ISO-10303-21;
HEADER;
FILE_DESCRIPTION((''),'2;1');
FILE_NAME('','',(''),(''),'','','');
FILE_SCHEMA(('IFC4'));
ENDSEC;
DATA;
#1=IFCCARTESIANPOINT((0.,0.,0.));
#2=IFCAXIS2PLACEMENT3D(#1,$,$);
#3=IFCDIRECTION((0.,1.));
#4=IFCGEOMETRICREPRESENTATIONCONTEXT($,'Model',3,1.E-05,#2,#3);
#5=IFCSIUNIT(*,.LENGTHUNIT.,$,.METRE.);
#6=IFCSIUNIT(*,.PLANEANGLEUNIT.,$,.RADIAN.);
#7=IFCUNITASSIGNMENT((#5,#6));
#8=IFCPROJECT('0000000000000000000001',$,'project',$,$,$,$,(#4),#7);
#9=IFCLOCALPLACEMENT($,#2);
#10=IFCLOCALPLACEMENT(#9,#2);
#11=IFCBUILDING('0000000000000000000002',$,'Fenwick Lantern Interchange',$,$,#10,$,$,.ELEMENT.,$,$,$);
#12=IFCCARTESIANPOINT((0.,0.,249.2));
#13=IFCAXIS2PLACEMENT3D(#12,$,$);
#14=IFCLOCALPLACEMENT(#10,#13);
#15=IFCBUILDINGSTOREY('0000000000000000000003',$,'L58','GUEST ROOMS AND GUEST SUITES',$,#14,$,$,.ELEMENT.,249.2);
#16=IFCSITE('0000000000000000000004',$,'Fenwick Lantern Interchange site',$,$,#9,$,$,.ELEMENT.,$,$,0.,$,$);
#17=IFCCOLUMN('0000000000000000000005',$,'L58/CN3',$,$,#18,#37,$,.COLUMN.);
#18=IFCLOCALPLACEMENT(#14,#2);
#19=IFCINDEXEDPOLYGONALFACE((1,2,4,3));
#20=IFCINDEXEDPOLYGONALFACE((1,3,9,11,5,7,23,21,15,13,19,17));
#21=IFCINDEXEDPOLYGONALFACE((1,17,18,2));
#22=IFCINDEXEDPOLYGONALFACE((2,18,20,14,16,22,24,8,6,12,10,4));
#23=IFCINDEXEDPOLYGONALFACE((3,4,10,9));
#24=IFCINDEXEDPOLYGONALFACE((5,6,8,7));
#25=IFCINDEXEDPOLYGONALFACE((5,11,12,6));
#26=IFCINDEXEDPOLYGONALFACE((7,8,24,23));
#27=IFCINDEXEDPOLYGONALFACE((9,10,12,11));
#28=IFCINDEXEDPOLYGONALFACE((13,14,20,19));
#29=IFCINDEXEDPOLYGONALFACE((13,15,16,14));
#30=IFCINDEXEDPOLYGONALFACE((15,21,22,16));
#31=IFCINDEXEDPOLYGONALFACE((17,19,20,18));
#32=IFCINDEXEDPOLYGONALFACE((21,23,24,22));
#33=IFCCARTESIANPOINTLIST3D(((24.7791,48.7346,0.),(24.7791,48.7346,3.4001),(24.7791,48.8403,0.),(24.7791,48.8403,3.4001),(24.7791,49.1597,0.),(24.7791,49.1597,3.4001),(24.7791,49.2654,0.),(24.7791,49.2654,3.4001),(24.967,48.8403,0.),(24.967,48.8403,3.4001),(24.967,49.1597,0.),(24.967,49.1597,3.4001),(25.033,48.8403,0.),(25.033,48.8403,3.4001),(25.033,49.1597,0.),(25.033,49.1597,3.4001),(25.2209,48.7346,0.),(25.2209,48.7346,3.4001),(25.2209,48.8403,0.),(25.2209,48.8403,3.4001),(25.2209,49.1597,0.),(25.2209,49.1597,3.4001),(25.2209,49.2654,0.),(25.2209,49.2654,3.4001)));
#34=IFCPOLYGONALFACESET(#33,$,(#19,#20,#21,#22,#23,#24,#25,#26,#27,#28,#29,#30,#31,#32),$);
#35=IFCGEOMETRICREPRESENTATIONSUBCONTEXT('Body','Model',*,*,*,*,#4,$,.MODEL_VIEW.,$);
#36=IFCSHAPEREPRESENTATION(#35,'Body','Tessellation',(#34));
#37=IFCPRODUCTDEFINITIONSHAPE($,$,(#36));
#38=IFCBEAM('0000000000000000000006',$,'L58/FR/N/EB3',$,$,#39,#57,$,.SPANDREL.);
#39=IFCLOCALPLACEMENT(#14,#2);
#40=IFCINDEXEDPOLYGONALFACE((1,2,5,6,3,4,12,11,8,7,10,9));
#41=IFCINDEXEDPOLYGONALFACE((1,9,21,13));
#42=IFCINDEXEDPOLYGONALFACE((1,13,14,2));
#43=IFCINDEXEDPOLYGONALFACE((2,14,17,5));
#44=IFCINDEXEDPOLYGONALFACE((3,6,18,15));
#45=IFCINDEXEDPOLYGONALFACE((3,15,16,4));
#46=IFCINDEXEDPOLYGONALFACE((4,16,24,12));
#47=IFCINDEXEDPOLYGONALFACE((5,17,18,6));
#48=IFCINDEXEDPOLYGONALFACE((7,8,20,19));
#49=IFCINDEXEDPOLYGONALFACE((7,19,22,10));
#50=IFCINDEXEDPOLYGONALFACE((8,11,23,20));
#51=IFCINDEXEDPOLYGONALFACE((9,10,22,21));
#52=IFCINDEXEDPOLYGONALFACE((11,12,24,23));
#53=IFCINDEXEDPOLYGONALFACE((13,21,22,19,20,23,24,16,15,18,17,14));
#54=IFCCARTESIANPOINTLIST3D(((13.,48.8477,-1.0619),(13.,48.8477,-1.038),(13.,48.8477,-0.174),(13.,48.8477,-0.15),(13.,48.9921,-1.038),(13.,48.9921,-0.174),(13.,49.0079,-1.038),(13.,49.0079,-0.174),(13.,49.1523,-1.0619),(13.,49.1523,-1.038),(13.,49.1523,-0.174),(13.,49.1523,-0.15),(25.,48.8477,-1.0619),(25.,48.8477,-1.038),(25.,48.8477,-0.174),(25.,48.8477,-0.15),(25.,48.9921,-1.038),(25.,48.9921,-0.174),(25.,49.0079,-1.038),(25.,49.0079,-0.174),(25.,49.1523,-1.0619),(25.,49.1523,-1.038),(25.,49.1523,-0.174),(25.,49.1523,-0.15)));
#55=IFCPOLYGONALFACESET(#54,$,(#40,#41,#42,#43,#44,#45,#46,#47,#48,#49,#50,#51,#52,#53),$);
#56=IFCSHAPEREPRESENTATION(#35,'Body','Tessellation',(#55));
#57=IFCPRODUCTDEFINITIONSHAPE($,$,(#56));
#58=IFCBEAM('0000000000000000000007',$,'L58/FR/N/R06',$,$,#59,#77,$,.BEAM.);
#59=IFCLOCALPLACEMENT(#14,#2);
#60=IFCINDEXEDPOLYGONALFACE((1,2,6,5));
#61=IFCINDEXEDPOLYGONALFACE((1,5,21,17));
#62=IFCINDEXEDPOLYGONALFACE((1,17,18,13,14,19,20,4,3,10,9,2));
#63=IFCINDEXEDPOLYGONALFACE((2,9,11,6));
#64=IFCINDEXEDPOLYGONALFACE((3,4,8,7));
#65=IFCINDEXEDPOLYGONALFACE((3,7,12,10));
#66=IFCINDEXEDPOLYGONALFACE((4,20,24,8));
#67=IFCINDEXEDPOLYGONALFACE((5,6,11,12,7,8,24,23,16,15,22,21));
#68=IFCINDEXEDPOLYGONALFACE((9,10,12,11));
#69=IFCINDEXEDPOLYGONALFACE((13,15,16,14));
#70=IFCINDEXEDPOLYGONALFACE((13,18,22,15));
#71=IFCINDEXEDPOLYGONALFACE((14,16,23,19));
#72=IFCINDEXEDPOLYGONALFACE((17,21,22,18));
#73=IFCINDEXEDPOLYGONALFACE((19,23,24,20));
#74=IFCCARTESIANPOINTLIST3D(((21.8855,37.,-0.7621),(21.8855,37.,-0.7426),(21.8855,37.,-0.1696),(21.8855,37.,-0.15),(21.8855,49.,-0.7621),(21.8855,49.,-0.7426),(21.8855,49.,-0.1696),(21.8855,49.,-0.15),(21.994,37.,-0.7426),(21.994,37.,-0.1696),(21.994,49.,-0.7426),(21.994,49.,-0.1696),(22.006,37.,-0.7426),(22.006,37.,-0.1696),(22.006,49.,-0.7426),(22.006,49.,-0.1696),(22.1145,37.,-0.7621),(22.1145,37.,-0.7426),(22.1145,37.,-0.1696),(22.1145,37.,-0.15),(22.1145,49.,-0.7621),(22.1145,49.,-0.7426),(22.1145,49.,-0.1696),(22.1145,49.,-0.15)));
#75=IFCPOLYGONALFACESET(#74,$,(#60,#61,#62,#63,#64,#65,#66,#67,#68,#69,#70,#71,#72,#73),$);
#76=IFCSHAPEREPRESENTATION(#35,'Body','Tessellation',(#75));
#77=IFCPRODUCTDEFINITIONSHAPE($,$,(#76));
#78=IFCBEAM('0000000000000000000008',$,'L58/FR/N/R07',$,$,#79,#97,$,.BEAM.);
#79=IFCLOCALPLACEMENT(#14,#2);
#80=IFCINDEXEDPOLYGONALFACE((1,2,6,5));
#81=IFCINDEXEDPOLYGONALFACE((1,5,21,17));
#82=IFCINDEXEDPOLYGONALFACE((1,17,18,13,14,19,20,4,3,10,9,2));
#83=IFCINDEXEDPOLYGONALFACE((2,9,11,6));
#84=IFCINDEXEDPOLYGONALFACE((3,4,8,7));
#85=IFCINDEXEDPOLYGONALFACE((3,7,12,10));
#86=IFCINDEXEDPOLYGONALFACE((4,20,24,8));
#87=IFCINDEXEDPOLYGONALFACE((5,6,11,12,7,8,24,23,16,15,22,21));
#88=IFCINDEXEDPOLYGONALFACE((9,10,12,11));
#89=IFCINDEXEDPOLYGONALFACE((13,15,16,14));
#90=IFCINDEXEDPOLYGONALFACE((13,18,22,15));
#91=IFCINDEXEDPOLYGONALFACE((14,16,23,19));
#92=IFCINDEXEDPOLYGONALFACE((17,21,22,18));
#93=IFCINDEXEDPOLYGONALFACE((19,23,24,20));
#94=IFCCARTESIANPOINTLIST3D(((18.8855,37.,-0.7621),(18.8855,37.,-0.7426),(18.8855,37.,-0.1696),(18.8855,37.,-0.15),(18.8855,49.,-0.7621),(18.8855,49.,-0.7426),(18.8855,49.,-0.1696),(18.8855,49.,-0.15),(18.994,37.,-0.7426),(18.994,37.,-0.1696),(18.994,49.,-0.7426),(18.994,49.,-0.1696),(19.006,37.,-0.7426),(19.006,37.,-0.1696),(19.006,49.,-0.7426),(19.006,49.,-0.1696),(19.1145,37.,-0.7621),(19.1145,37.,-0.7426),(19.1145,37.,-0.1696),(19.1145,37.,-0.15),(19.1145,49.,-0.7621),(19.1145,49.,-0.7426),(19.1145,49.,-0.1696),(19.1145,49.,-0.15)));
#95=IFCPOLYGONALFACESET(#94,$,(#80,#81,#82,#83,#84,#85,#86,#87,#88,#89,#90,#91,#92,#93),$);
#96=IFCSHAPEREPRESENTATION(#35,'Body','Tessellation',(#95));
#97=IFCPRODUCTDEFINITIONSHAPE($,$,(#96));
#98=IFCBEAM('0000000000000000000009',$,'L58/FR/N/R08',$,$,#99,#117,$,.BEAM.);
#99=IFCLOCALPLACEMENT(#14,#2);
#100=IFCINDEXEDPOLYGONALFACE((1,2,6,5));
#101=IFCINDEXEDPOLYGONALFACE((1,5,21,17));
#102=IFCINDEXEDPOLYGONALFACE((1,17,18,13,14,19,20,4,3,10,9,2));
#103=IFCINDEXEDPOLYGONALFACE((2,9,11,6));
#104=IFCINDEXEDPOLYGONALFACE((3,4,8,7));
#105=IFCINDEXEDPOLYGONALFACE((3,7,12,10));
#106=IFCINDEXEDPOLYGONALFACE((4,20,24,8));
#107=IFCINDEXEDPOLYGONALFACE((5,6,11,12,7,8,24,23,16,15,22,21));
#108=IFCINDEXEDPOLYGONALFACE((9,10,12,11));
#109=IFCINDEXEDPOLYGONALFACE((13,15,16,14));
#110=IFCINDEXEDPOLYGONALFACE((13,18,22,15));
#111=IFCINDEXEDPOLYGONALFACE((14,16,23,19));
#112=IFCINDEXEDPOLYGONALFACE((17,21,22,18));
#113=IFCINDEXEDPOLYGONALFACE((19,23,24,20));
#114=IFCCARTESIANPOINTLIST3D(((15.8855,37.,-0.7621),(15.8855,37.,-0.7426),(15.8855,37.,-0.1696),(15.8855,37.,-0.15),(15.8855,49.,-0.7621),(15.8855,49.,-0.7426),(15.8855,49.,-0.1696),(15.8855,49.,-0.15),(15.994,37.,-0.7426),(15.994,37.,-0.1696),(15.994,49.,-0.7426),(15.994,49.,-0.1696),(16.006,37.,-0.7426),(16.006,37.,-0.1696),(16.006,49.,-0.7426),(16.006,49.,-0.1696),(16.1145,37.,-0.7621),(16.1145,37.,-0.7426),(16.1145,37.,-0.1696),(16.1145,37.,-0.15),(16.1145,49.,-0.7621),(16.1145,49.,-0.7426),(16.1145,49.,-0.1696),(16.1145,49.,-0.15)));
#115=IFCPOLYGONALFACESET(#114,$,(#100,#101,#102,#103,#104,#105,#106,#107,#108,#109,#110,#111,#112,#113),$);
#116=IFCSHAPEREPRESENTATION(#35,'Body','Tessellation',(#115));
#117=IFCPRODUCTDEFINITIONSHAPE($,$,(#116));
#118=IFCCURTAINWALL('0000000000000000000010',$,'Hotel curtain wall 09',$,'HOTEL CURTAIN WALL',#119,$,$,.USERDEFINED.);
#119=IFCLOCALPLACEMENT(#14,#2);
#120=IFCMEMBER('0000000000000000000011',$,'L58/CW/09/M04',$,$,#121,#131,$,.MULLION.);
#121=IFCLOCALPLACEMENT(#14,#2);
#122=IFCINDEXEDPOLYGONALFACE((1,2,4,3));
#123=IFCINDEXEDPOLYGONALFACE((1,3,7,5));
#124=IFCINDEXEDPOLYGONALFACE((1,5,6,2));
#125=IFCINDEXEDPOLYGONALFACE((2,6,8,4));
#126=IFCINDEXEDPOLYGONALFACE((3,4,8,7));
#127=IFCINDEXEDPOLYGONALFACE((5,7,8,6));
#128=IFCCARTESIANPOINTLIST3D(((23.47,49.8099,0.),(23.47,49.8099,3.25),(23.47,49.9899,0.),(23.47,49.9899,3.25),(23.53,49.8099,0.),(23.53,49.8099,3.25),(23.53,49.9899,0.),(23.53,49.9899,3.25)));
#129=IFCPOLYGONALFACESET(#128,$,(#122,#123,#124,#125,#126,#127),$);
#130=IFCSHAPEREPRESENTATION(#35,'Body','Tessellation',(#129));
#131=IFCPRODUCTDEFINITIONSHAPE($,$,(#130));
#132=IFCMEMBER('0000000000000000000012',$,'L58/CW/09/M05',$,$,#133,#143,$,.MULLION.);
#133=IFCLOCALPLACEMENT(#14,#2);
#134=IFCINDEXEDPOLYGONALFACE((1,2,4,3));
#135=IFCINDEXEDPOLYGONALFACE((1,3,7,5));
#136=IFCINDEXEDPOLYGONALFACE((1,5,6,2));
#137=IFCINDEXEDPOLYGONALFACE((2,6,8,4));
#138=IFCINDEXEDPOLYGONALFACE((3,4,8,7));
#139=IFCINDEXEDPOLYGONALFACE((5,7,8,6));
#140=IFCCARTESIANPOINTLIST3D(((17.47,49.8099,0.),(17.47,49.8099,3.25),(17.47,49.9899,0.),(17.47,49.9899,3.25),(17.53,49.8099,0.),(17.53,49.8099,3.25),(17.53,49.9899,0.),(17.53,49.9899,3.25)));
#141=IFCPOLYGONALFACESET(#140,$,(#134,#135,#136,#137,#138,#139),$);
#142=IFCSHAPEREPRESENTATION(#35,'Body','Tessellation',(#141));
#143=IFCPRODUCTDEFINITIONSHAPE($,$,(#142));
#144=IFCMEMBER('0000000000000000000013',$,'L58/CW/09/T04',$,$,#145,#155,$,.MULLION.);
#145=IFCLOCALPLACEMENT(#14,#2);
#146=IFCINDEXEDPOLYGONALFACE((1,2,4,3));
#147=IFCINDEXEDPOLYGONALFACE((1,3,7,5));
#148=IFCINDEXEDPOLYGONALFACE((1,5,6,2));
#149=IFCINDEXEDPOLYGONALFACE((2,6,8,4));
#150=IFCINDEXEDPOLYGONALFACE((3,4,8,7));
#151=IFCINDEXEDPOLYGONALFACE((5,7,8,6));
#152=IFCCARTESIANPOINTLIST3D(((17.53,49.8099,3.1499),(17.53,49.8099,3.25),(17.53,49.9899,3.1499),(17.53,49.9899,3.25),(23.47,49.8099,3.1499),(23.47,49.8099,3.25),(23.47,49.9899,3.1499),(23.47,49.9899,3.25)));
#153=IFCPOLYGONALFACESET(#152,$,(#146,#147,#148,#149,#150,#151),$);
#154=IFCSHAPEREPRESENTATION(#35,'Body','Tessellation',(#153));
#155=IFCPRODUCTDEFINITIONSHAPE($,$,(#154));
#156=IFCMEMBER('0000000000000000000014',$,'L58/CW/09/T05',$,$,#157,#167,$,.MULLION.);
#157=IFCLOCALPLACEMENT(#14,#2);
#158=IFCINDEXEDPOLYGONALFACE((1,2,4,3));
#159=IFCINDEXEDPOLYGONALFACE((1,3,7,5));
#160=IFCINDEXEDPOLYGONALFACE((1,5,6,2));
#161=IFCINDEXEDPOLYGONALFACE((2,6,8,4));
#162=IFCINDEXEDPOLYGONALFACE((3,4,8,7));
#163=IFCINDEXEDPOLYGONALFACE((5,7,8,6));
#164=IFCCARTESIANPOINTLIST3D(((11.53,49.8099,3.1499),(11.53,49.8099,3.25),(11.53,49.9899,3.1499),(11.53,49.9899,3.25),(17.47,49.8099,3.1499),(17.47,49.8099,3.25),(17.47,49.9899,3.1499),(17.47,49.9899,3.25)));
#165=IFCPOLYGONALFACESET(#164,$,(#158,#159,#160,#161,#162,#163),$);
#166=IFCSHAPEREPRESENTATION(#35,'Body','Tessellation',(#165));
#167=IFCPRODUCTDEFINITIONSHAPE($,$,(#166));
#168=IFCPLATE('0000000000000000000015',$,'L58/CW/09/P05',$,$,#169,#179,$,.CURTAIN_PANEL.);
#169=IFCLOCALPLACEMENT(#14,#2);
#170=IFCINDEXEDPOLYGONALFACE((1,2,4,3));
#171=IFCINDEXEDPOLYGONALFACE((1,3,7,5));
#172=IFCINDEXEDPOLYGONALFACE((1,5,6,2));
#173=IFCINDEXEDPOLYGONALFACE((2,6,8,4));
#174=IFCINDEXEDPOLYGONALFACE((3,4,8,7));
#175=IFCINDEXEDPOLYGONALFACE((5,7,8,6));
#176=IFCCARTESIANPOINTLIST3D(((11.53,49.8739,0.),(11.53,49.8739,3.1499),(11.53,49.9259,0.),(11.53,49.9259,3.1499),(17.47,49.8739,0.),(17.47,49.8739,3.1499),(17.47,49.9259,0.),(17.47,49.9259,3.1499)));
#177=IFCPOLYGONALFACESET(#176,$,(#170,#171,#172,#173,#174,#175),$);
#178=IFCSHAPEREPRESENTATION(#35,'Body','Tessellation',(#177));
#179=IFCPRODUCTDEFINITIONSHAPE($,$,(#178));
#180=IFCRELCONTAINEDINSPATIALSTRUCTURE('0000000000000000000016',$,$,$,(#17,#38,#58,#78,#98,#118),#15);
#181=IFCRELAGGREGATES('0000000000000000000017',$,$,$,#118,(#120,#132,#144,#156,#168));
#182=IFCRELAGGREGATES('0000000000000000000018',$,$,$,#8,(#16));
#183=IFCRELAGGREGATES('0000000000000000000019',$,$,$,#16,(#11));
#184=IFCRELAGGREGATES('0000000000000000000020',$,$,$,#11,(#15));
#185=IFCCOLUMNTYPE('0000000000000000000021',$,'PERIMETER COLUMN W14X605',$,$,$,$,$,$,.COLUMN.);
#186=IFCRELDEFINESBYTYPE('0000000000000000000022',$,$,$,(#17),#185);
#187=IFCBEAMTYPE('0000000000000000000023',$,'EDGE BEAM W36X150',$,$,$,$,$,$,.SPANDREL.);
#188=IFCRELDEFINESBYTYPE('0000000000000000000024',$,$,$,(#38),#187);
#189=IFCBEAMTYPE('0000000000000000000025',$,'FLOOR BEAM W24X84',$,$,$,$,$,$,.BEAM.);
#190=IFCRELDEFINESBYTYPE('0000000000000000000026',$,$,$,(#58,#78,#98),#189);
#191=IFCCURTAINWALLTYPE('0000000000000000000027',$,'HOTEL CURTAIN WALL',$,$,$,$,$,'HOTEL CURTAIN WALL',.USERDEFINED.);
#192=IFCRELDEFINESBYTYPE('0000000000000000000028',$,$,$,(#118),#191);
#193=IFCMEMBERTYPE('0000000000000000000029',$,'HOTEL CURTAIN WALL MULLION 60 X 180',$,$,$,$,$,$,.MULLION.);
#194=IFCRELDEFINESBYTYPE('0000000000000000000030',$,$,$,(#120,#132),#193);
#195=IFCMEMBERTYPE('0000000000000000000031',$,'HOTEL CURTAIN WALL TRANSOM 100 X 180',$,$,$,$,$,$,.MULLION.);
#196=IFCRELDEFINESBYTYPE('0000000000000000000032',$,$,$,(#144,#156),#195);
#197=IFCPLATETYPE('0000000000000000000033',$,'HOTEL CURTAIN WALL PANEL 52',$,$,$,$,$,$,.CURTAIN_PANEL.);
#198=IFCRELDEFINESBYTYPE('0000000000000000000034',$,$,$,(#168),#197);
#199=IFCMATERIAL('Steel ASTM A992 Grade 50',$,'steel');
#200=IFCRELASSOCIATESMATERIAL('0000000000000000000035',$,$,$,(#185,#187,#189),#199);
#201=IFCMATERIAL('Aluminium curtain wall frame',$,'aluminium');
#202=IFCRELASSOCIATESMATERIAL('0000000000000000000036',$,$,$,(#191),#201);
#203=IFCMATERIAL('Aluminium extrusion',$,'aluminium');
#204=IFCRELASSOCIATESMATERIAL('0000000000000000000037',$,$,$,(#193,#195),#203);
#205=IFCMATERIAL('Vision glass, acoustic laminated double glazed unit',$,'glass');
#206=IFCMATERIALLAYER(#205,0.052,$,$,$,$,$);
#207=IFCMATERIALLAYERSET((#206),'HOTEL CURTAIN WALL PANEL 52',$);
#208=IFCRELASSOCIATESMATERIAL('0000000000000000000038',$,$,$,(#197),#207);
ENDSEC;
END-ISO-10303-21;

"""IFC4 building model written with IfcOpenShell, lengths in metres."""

from ifc_helpers import new_model, si_unit, direction, frame, origin, origin_2d, place, context, subcontext, project, spatial, rectangle, i_section, extrude, material, layer, layer_set, material_profile, profile_set, type_object, element, aggregate, save


model = new_model("IFC4")

# Units and contexts
model_context = context("Model", 3, precision=1e-05, world=origin(), true_north=direction((0.0, 1.0)))
body_context = subcontext(model_context, "Body", "Model", "MODEL_VIEW")
ifc_project = project(units=[si_unit("LENGTHUNIT", "METRE"), si_unit("PLANEANGLEUNIT", "RADIAN")], contexts=[model_context])

# Site, building, storey
site_placement = place(None, origin())
site = spatial("IfcSite", under=ifc_project, at=site_placement, Name="Fenwick Lantern Interchange site", CompositionType="ELEMENT", RefElevation=0.0)
building_placement = place(site_placement, origin())
building = spatial("IfcBuilding", under=site, at=building_placement, Name="Fenwick Lantern Interchange", CompositionType="ELEMENT")
storey_placement = place(building_placement, frame((0.0, 0.0, 249.2)))
storey = spatial("IfcBuildingStorey", under=building, at=storey_placement, Name="L58", Description="GUEST ROOMS AND GUEST SUITES", CompositionType="ELEMENT", Elevation=249.2)

# Column
ifc_material_1 = material(Name="Steel ASTM A992 Grade 50", Category="steel")
ifc_material_profile_1 = material_profile(ifc_material_1, i_section(OverallWidth=0.4419, OverallDepth=0.5308, WebThickness=0.0659, FlangeThickness=0.1057, at=origin_2d()), Name="W14X605")
ifc_profile_set_1 = profile_set([ifc_material_profile_1], Name="Steel ASTM A992 Grade 50")
column_type = type_object("IfcColumnType", Name="PERIMETER COLUMN W14X605", PredefinedType="COLUMN", material=ifc_profile_set_1)
column_placement = place(storey_placement, frame((25.0, 49.0, 0.0), z_axis=(0.0, 0.0, 1.0), x_axis=(1.0, 0.0, 0.0)))
element("IfcColumn", 1, at=column_placement, inside=storey, type_object=column_type, Name="L58/CN3", PredefinedType="COLUMN", context=body_context, shape_type="SweptSolid", body=[
    extrude(i_section(OverallWidth=0.4419, OverallDepth=0.5308, WebThickness=0.0659, FlangeThickness=0.1057, at=origin_2d()), origin(), (0.0, 0.0, 1.0), 3.4001),
])

# Beams
ifc_material_profile_2 = material_profile(ifc_material_1, i_section(OverallWidth=0.3047, OverallDepth=0.9119, WebThickness=0.0159, FlangeThickness=0.0239, at=origin_2d()), Name="W36X150")
ifc_profile_set_2 = profile_set([ifc_material_profile_2], Name="Steel ASTM A992 Grade 50")
beam_type_1 = type_object("IfcBeamType", Name="EDGE BEAM W36X150", PredefinedType="SPANDREL", material=ifc_profile_set_2)
beam_placement = place(storey_placement, frame((25.0, 49.0, -0.606), z_axis=(-1.0, 0.0, 0.0), x_axis=(0.0, -1.0, 0.0)))
element("IfcBeam", 2, at=beam_placement, inside=storey, type_object=beam_type_1, Name="L58/FR/N/EB3", PredefinedType="SPANDREL", context=body_context, shape_type="SweptSolid", body=[
    extrude(i_section(OverallWidth=0.3047, OverallDepth=0.9119, WebThickness=0.0159, FlangeThickness=0.0239, at=origin_2d()), origin(), (0.0, 0.0, 1.0), 12.0),
])
ifc_material_profile_3 = material_profile(ifc_material_1, i_section(OverallWidth=0.229, OverallDepth=0.6121, WebThickness=0.012, FlangeThickness=0.0195, at=origin_2d()), Name="W24X84")
ifc_profile_set_3 = profile_set([ifc_material_profile_3], Name="Steel ASTM A992 Grade 50")
beam_type_2 = type_object("IfcBeamType", Name="FLOOR BEAM W24X84", PredefinedType="BEAM", material=ifc_profile_set_3)
for number, where, z_axis, x_axis, name in (
    (3, (22.0, 49.0, -0.4561), (0.0, -1.0, 0.0), (1.0, 0.0, 0.0), "L58/FR/N/R06"),
    (4, (19.0, 49.0, -0.4561), (0.0, -1.0, 0.0), (1.0, 0.0, 0.0), "L58/FR/N/R07"),
    (5, (16.0, 49.0, -0.4561), (0.0, -1.0, 0.0), (1.0, 0.0, 0.0), "L58/FR/N/R08"),
):
    element("IfcBeam", number, at=place(storey_placement, frame(where, z_axis=z_axis, x_axis=x_axis)), inside=storey, type_object=beam_type_2, Name=name, PredefinedType="BEAM", context=body_context, shape_type="SweptSolid", body=[
        extrude(i_section(OverallWidth=0.229, OverallDepth=0.6121, WebThickness=0.012, FlangeThickness=0.0195, at=origin_2d()), origin(), (0.0, 0.0, 1.0), 12.0),
    ])

# Curtain wall, members, plate
ifc_material_2 = material(Name="Aluminium curtain wall frame", Category="aluminium")
curtain_wall_type = type_object("IfcCurtainWallType", Name="HOTEL CURTAIN WALL", ElementType="HOTEL CURTAIN WALL", PredefinedType="USERDEFINED", material=ifc_material_2)
curtain_wall_placement = place(storey_placement, origin())
curtain_wall = element("IfcCurtainWall", 6, at=curtain_wall_placement, inside=storey, type_object=curtain_wall_type, Name="Hotel curtain wall 09", ObjectType="HOTEL CURTAIN WALL", PredefinedType="USERDEFINED")
ifc_material_3 = material(Name="Aluminium extrusion", Category="aluminium")
ifc_material_profile_4 = material_profile(ifc_material_3, rectangle(XDim=0.1799, YDim=0.0601, at=origin_2d()), Name="HOTEL CURTAIN WALL MULLION 60 X 180")
ifc_profile_set_4 = profile_set([ifc_material_profile_4], Name="Aluminium extrusion")
member_type_1 = type_object("IfcMemberType", Name="HOTEL CURTAIN WALL MULLION 60 X 180", PredefinedType="MULLION", material=ifc_profile_set_4)
member_1_placement = place(storey_placement, frame((23.5, 49.8999, 0.0), z_axis=(0.0, 0.0, 1.0), x_axis=(0.0, -1.0, 0.0)))
member_1 = element("IfcMember", 7, at=member_1_placement, type_object=member_type_1, Name="L58/CW/09/M04", PredefinedType="MULLION", context=body_context, shape_type="SweptSolid", body=[
    extrude(rectangle(XDim=0.1799, YDim=0.0601, at=origin_2d()), origin(), (0.0, 0.0, 1.0), 3.25),
])
member_2_placement = place(storey_placement, frame((17.5, 49.8999, 0.0), z_axis=(0.0, 0.0, 1.0), x_axis=(0.0, -1.0, 0.0)))
member_2 = element("IfcMember", 8, at=member_2_placement, type_object=member_type_1, Name="L58/CW/09/M05", PredefinedType="MULLION", context=body_context, shape_type="SweptSolid", body=[
    extrude(rectangle(XDim=0.1799, YDim=0.0601, at=origin_2d()), origin(), (0.0, 0.0, 1.0), 3.25),
])
ifc_material_profile_5 = material_profile(ifc_material_3, rectangle(XDim=0.1799, YDim=0.1001, at=origin_2d()), Name="HOTEL CURTAIN WALL TRANSOM 100 X 180")
ifc_profile_set_5 = profile_set([ifc_material_profile_5], Name="Aluminium extrusion")
member_type_2 = type_object("IfcMemberType", Name="HOTEL CURTAIN WALL TRANSOM 100 X 180", PredefinedType="MULLION", material=ifc_profile_set_5)
member_3_placement = place(storey_placement, frame((23.47, 49.8999, 3.2), z_axis=(-1.0, 0.0, 0.0), x_axis=(0.0, -1.0, 0.0)))
member_3 = element("IfcMember", 9, at=member_3_placement, type_object=member_type_2, Name="L58/CW/09/T04", PredefinedType="MULLION", context=body_context, shape_type="SweptSolid", body=[
    extrude(rectangle(XDim=0.1799, YDim=0.1001, at=origin_2d()), origin(), (0.0, 0.0, 1.0), 5.9399),
])
member_4_placement = place(storey_placement, frame((17.47, 49.8999, 3.2), z_axis=(-1.0, 0.0, 0.0), x_axis=(0.0, -1.0, 0.0)))
member_4 = element("IfcMember", 10, at=member_4_placement, type_object=member_type_2, Name="L58/CW/09/T05", PredefinedType="MULLION", context=body_context, shape_type="SweptSolid", body=[
    extrude(rectangle(XDim=0.1799, YDim=0.1001, at=origin_2d()), origin(), (0.0, 0.0, 1.0), 5.9399),
])
ifc_material_4 = material(Name="Vision glass, acoustic laminated double glazed unit", Category="glass")
ifc_layer_1 = layer(ifc_material_4, 0.052)
ifc_layer_set_1 = layer_set([ifc_layer_1], Name="HOTEL CURTAIN WALL PANEL 52")
plate_type = type_object("IfcPlateType", Name="HOTEL CURTAIN WALL PANEL 52", PredefinedType="CURTAIN_PANEL", material=ifc_layer_set_1)
plate_placement = place(storey_placement, frame((14.5, 49.8999, 0.0), z_axis=(0.0, 0.0, 1.0), x_axis=(-1.0, 0.0, 0.0)))
plate = element("IfcPlate", 11, at=plate_placement, type_object=plate_type, Name="L58/CW/09/P05", PredefinedType="CURTAIN_PANEL", context=body_context, shape_type="SweptSolid", body=[
    extrude(rectangle(XDim=5.9399, YDim=0.052, at=origin_2d()), origin(), (0.0, 0.0, 1.0), 3.1499),
])
aggregate(curtain_wall, [member_1, member_2, member_3, member_4, plate])

save(model, "model.ifc")
